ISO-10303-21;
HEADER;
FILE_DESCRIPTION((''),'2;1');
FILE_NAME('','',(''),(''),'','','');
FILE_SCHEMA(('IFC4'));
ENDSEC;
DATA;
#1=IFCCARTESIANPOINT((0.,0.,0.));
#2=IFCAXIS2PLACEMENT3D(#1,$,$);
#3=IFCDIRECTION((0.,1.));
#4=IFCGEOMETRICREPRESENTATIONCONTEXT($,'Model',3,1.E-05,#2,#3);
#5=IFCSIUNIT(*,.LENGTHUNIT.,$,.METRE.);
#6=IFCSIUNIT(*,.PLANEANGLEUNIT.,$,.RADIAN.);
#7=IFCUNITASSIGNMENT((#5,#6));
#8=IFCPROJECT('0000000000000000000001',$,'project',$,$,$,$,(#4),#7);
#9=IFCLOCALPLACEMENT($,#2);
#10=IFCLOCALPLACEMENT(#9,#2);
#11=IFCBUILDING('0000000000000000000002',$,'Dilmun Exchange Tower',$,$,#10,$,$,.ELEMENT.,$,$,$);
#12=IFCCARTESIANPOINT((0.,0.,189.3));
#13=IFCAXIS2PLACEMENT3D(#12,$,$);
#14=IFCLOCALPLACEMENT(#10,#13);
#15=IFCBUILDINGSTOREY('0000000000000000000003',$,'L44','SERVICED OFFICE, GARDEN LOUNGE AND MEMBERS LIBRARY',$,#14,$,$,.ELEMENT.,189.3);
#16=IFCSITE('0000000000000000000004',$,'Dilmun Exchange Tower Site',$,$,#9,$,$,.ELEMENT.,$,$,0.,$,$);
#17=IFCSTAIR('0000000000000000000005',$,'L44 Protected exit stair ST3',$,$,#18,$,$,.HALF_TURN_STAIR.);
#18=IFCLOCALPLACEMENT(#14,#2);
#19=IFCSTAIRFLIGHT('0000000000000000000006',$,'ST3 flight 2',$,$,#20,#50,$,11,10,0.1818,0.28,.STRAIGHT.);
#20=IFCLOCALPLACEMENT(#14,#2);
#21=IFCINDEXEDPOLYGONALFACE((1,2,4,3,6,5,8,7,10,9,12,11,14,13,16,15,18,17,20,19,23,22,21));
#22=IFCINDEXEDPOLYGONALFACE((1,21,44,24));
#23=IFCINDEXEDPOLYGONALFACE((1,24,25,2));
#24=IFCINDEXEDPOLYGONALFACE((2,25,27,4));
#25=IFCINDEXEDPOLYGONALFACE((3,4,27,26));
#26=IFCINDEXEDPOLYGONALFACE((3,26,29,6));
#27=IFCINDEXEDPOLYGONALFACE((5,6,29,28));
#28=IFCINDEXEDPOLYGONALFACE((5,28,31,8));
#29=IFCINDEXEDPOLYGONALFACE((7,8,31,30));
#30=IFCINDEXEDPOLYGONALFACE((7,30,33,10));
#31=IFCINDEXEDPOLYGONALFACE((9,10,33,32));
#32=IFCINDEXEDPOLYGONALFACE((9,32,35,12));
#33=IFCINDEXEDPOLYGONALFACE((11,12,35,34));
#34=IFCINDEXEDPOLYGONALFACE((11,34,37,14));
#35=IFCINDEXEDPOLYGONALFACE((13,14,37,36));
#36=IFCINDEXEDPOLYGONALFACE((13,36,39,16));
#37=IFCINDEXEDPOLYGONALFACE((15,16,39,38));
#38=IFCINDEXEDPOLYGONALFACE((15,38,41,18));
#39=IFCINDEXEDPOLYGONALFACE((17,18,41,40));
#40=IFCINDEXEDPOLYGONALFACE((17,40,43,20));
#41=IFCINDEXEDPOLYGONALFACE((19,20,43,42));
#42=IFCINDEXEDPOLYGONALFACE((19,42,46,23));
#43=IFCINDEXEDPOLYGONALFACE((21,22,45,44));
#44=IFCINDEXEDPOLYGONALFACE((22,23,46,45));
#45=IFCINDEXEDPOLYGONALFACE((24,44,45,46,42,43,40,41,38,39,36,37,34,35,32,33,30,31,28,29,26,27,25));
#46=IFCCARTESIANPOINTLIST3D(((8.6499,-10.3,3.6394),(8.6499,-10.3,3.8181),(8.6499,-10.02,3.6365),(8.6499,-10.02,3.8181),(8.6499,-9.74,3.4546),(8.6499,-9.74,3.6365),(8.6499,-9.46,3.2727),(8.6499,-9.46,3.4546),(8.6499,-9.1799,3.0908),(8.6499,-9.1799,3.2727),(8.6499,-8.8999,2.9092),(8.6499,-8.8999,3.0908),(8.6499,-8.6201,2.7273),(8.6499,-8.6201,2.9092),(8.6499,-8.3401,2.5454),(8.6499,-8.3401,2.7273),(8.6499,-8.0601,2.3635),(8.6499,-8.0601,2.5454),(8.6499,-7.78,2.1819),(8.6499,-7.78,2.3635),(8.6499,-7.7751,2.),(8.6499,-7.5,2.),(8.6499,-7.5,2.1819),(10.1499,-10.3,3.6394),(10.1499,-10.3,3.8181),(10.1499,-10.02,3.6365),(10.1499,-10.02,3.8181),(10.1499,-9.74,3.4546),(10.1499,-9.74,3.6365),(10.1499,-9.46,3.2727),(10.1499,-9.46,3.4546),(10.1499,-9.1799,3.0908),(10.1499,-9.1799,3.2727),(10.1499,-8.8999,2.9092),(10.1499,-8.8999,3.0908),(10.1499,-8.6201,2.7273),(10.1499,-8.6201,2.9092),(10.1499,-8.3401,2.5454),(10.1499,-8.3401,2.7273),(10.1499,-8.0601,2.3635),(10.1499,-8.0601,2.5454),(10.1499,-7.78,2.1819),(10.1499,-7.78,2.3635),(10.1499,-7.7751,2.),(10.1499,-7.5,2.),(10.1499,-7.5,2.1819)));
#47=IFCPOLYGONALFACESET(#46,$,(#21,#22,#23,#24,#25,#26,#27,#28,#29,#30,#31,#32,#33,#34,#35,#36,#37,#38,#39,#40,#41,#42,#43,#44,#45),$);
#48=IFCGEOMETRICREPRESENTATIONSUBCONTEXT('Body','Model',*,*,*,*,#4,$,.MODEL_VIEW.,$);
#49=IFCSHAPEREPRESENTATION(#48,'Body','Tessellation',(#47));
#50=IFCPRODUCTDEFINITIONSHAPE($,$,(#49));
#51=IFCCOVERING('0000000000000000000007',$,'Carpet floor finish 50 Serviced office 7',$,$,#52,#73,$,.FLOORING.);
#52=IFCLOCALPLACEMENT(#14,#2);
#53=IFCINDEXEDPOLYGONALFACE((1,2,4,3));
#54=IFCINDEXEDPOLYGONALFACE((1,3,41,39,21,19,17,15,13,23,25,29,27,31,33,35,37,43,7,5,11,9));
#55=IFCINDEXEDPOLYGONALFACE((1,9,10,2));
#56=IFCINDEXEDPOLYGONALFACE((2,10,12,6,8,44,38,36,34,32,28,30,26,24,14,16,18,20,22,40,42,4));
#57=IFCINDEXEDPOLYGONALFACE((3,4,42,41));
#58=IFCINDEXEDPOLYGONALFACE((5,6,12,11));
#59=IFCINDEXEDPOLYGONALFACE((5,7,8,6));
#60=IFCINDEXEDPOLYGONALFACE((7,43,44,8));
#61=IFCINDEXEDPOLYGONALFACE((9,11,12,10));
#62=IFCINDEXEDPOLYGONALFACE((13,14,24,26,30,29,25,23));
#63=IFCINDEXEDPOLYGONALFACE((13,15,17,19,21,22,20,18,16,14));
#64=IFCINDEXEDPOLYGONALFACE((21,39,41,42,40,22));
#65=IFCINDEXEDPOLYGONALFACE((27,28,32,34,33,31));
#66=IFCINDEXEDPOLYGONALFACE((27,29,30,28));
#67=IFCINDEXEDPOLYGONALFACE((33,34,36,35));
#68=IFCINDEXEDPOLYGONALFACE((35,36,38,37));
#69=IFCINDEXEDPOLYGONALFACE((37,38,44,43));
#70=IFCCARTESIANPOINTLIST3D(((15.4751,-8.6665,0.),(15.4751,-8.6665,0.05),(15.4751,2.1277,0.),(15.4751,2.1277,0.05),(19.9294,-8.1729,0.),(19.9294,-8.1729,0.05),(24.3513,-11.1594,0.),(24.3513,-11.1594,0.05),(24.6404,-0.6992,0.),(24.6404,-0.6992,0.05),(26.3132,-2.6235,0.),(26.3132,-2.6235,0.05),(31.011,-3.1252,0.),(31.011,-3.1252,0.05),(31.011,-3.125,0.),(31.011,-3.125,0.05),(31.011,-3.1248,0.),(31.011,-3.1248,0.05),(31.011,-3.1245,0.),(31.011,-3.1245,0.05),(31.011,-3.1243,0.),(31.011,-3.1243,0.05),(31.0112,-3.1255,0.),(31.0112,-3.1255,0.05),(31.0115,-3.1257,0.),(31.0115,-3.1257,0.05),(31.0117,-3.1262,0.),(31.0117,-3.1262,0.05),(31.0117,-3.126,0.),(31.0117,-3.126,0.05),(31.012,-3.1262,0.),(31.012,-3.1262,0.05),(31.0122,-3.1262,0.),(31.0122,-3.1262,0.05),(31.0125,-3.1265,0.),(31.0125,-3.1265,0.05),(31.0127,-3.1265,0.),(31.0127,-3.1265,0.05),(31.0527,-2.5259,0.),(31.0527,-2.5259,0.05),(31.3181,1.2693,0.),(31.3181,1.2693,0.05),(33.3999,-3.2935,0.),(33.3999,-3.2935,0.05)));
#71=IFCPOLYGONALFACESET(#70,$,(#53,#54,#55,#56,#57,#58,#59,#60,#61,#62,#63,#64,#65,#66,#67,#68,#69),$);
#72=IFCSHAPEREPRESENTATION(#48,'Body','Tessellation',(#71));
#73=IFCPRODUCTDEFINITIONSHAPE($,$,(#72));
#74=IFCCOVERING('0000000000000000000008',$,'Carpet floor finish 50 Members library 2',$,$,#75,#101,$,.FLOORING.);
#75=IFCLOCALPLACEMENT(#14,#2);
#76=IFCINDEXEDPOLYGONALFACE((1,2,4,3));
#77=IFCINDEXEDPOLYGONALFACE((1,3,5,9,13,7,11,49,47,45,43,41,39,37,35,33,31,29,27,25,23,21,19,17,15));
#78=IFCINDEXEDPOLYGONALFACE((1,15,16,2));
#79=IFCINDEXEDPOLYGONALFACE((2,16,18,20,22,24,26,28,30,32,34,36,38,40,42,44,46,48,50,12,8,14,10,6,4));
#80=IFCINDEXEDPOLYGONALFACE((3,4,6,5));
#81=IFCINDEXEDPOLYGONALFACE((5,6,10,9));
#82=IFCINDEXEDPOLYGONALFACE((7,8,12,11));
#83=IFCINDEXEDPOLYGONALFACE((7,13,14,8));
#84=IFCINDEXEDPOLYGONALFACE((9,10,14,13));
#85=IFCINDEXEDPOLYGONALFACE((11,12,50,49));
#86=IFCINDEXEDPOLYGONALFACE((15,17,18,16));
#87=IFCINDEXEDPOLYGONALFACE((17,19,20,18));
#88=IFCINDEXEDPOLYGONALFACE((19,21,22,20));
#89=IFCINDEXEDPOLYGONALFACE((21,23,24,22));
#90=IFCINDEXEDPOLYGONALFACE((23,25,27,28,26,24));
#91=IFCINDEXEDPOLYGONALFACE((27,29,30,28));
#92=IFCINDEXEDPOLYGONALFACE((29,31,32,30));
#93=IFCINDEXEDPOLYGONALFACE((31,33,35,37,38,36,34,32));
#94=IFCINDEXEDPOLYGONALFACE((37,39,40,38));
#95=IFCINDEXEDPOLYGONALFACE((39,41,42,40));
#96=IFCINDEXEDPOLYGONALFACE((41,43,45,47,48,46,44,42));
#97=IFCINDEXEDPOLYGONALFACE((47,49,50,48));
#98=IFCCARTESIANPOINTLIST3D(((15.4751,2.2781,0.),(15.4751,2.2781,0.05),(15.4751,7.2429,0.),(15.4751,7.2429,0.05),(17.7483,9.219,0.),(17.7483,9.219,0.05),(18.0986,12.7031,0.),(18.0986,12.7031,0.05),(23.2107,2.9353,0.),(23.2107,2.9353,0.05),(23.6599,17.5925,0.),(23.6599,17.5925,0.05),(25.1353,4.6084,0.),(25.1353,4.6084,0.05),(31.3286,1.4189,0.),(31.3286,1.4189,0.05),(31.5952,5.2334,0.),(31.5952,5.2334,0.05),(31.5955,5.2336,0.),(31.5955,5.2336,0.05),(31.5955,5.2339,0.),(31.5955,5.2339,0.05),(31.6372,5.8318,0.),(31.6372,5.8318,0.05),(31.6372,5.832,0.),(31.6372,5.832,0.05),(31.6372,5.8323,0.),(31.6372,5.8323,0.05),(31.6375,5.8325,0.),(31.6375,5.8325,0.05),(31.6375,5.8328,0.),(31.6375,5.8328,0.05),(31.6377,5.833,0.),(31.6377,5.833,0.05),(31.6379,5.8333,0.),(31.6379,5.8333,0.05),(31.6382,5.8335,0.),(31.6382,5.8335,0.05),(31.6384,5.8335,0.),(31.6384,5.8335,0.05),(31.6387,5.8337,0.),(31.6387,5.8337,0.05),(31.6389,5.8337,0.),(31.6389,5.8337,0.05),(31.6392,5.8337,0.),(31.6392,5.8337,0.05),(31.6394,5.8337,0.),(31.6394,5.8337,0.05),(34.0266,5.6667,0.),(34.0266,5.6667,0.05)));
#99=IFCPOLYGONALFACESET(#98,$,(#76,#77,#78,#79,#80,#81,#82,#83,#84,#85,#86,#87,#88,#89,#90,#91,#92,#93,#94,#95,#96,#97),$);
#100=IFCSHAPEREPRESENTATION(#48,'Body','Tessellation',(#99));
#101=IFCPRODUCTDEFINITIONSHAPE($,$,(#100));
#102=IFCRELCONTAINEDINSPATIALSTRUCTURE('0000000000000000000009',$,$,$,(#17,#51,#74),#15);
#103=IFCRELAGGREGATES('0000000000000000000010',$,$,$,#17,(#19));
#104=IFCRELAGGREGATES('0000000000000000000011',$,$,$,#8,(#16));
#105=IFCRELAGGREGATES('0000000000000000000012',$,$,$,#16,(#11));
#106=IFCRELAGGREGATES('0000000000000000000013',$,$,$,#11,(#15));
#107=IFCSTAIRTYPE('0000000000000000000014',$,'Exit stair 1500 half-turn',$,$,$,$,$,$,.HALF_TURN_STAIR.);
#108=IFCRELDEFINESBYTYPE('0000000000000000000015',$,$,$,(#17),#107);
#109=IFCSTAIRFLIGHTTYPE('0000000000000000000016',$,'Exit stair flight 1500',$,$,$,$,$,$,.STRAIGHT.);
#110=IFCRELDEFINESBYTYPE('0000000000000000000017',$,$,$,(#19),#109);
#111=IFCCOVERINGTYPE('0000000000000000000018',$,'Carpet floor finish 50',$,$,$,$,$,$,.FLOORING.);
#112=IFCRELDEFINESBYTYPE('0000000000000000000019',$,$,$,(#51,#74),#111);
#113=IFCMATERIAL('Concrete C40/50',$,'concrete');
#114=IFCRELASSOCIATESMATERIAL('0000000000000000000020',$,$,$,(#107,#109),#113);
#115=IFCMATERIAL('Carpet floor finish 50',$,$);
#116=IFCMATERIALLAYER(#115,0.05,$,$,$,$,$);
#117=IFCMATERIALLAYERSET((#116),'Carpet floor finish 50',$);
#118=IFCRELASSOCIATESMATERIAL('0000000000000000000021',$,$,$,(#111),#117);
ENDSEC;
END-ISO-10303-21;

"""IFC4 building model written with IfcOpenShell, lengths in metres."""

from ifc_helpers import new_model, si_unit, direction, frame, origin, place, context, subcontext, project, spatial, polyline, outline, extrude, material, layer, layer_set, type_object, element, aggregate, save


model = new_model("IFC4")

# Units and contexts
model_context = context("Model", 3, precision=1e-05, world=origin(), true_north=direction((0.0, 1.0)))
body_context = subcontext(model_context, "Body", "Model", "MODEL_VIEW")
ifc_project = project(units=[si_unit("LENGTHUNIT", "METRE"), si_unit("PLANEANGLEUNIT", "RADIAN")], contexts=[model_context])

# Site, building, storey
site_placement = place(None, origin())
site = spatial("IfcSite", under=ifc_project, at=site_placement, Name="Dilmun Exchange Tower Site", CompositionType="ELEMENT", RefElevation=0.0)
building_placement = place(site_placement, origin())
building = spatial("IfcBuilding", under=site, at=building_placement, Name="Dilmun Exchange Tower", CompositionType="ELEMENT")
storey_placement = place(building_placement, frame((0.0, 0.0, 189.3)))
storey = spatial("IfcBuildingStorey", under=building, at=storey_placement, Name="L44", Description="SERVICED OFFICE, GARDEN LOUNGE AND MEMBERS LIBRARY", CompositionType="ELEMENT", Elevation=189.3)

# Shared definitions
ifc_material_1 = material(Name="Concrete C40/50", Category="concrete")

# Stair, stair flight
stair_type = type_object("IfcStairType", Name="Exit stair 1500 half-turn", PredefinedType="HALF_TURN_STAIR", material=ifc_material_1)
stair_placement = place(storey_placement, origin())
stair = element("IfcStair", 1, at=stair_placement, inside=storey, type_object=stair_type, Name="L44 Protected exit stair ST3", PredefinedType="HALF_TURN_STAIR")
stair_flight_type = type_object("IfcStairFlightType", Name="Exit stair flight 1500", PredefinedType="STRAIGHT", material=ifc_material_1)
stair_flight_placement = place(storey_placement, frame((9.3999, -7.5, 2.0), z_axis=(0.0, 0.0, 1.0), x_axis=(0.0, -1.0, 0.0)))
stair_flight = element("IfcStairFlight", 2, at=stair_flight_placement, type_object=stair_flight_type, Name="ST3 flight 2", NumberOfRisers=11, NumberOfTreads=10, PredefinedType="STRAIGHT", RiserHeight=0.1818, TreadLength=0.28, context=body_context, shape_type="SweptSolid", body=[
    extrude(outline(polyline([(0.0, 0.0), (0.0, 0.1819), (0.28, 0.1819), (0.28, 0.3635), (0.5601, 0.3635), (0.5601, 0.5454), (0.8401, 0.5454), (0.8401, 0.7273), (1.1201, 0.7273), (1.1201, 0.9092), (1.3999, 0.9092), (1.3999, 1.0908), (1.6799, 1.0908), (1.6799, 1.2727), (1.96, 1.2727), (1.96, 1.4546), (2.24, 1.4546), (2.24, 1.6365), (2.52, 1.6365), (2.52, 1.8181), (2.8, 1.8181), (2.8, 2.0), (2.8, 1.6394), (0.2751, 0.0), (0.0, 0.0)])), frame((0.0, 0.75, 0.0), z_axis=(0.0, -1.0, 0.0), x_axis=(1.0, 0.0, 0.0)), (0.0, 0.0, 1.0), 1.5),
])
aggregate(stair, [stair_flight])

# Coverings
ifc_material_2 = material(Name="Carpet floor finish 50")
ifc_layer_1 = layer(ifc_material_2, 0.05)
ifc_layer_set_1 = layer_set([ifc_layer_1], Name="Carpet floor finish 50")
covering_type = type_object("IfcCoveringType", Name="Carpet floor finish 50", PredefinedType="FLOORING", material=ifc_layer_set_1)
covering_1_placement = place(storey_placement, origin())
element("IfcCovering", 3, at=covering_1_placement, inside=storey, type_object=covering_type, Name="Carpet floor finish 50 Serviced office 7", PredefinedType="FLOORING", context=body_context, shape_type="SweptSolid", body=[
    extrude(outline(polyline([(19.9294, -8.1729), (26.3132, -2.6235), (24.6404, -0.6992), (15.4751, -8.6665), (15.4751, 2.1277), (31.3181, 1.2693), (31.0527, -2.5259), (31.0527, -2.5259), (31.011, -3.1243), (31.011, -3.1245), (31.011, -3.1248), (31.011, -3.125), (31.011, -3.125), (31.011, -3.1252), (31.0112, -3.1255), (31.0112, -3.1255), (31.0115, -3.1257), (31.0117, -3.126), (31.0117, -3.1262), (31.012, -3.1262), (31.0122, -3.1262), (31.0122, -3.1262), (31.0125, -3.1265), (31.0127, -3.1265), (31.0127, -3.1265), (33.3999, -3.2935), (24.3513, -11.1594), (19.9294, -8.1729)])), origin(), (0.0, 0.0, 1.0), 0.05),
])
covering_2_placement = place(storey_placement, origin())
element("IfcCovering", 4, at=covering_2_placement, inside=storey, type_object=covering_type, Name="Carpet floor finish 50 Members library 2", PredefinedType="FLOORING", context=body_context, shape_type="SweptSolid", body=[
    extrude(outline(polyline([(17.7483, 9.219), (23.2107, 2.9353), (25.1353, 4.6084), (18.0986, 12.7031), (23.6599, 17.5925), (34.0266, 5.6667), (31.6394, 5.8337), (31.6392, 5.8337), (31.6389, 5.8337), (31.6389, 5.8337), (31.6387, 5.8337), (31.6384, 5.8335), (31.6382, 5.8335), (31.6382, 5.8335), (31.6379, 5.8333), (31.6377, 5.833), (31.6377, 5.833), (31.6375, 5.8328), (31.6375, 5.8328), (31.6375, 5.8325), (31.6372, 5.8323), (31.6372, 5.832), (31.6372, 5.8318), (31.5955, 5.2339), (31.5955, 5.2339), (31.5955, 5.2336), (31.5952, 5.2334), (31.3286, 1.4189), (15.4751, 2.2781), (15.4751, 7.2429), (17.7483, 9.219)])), origin(), (0.0, 0.0, 1.0), 0.05),
])

save(model, "model.ifc")
